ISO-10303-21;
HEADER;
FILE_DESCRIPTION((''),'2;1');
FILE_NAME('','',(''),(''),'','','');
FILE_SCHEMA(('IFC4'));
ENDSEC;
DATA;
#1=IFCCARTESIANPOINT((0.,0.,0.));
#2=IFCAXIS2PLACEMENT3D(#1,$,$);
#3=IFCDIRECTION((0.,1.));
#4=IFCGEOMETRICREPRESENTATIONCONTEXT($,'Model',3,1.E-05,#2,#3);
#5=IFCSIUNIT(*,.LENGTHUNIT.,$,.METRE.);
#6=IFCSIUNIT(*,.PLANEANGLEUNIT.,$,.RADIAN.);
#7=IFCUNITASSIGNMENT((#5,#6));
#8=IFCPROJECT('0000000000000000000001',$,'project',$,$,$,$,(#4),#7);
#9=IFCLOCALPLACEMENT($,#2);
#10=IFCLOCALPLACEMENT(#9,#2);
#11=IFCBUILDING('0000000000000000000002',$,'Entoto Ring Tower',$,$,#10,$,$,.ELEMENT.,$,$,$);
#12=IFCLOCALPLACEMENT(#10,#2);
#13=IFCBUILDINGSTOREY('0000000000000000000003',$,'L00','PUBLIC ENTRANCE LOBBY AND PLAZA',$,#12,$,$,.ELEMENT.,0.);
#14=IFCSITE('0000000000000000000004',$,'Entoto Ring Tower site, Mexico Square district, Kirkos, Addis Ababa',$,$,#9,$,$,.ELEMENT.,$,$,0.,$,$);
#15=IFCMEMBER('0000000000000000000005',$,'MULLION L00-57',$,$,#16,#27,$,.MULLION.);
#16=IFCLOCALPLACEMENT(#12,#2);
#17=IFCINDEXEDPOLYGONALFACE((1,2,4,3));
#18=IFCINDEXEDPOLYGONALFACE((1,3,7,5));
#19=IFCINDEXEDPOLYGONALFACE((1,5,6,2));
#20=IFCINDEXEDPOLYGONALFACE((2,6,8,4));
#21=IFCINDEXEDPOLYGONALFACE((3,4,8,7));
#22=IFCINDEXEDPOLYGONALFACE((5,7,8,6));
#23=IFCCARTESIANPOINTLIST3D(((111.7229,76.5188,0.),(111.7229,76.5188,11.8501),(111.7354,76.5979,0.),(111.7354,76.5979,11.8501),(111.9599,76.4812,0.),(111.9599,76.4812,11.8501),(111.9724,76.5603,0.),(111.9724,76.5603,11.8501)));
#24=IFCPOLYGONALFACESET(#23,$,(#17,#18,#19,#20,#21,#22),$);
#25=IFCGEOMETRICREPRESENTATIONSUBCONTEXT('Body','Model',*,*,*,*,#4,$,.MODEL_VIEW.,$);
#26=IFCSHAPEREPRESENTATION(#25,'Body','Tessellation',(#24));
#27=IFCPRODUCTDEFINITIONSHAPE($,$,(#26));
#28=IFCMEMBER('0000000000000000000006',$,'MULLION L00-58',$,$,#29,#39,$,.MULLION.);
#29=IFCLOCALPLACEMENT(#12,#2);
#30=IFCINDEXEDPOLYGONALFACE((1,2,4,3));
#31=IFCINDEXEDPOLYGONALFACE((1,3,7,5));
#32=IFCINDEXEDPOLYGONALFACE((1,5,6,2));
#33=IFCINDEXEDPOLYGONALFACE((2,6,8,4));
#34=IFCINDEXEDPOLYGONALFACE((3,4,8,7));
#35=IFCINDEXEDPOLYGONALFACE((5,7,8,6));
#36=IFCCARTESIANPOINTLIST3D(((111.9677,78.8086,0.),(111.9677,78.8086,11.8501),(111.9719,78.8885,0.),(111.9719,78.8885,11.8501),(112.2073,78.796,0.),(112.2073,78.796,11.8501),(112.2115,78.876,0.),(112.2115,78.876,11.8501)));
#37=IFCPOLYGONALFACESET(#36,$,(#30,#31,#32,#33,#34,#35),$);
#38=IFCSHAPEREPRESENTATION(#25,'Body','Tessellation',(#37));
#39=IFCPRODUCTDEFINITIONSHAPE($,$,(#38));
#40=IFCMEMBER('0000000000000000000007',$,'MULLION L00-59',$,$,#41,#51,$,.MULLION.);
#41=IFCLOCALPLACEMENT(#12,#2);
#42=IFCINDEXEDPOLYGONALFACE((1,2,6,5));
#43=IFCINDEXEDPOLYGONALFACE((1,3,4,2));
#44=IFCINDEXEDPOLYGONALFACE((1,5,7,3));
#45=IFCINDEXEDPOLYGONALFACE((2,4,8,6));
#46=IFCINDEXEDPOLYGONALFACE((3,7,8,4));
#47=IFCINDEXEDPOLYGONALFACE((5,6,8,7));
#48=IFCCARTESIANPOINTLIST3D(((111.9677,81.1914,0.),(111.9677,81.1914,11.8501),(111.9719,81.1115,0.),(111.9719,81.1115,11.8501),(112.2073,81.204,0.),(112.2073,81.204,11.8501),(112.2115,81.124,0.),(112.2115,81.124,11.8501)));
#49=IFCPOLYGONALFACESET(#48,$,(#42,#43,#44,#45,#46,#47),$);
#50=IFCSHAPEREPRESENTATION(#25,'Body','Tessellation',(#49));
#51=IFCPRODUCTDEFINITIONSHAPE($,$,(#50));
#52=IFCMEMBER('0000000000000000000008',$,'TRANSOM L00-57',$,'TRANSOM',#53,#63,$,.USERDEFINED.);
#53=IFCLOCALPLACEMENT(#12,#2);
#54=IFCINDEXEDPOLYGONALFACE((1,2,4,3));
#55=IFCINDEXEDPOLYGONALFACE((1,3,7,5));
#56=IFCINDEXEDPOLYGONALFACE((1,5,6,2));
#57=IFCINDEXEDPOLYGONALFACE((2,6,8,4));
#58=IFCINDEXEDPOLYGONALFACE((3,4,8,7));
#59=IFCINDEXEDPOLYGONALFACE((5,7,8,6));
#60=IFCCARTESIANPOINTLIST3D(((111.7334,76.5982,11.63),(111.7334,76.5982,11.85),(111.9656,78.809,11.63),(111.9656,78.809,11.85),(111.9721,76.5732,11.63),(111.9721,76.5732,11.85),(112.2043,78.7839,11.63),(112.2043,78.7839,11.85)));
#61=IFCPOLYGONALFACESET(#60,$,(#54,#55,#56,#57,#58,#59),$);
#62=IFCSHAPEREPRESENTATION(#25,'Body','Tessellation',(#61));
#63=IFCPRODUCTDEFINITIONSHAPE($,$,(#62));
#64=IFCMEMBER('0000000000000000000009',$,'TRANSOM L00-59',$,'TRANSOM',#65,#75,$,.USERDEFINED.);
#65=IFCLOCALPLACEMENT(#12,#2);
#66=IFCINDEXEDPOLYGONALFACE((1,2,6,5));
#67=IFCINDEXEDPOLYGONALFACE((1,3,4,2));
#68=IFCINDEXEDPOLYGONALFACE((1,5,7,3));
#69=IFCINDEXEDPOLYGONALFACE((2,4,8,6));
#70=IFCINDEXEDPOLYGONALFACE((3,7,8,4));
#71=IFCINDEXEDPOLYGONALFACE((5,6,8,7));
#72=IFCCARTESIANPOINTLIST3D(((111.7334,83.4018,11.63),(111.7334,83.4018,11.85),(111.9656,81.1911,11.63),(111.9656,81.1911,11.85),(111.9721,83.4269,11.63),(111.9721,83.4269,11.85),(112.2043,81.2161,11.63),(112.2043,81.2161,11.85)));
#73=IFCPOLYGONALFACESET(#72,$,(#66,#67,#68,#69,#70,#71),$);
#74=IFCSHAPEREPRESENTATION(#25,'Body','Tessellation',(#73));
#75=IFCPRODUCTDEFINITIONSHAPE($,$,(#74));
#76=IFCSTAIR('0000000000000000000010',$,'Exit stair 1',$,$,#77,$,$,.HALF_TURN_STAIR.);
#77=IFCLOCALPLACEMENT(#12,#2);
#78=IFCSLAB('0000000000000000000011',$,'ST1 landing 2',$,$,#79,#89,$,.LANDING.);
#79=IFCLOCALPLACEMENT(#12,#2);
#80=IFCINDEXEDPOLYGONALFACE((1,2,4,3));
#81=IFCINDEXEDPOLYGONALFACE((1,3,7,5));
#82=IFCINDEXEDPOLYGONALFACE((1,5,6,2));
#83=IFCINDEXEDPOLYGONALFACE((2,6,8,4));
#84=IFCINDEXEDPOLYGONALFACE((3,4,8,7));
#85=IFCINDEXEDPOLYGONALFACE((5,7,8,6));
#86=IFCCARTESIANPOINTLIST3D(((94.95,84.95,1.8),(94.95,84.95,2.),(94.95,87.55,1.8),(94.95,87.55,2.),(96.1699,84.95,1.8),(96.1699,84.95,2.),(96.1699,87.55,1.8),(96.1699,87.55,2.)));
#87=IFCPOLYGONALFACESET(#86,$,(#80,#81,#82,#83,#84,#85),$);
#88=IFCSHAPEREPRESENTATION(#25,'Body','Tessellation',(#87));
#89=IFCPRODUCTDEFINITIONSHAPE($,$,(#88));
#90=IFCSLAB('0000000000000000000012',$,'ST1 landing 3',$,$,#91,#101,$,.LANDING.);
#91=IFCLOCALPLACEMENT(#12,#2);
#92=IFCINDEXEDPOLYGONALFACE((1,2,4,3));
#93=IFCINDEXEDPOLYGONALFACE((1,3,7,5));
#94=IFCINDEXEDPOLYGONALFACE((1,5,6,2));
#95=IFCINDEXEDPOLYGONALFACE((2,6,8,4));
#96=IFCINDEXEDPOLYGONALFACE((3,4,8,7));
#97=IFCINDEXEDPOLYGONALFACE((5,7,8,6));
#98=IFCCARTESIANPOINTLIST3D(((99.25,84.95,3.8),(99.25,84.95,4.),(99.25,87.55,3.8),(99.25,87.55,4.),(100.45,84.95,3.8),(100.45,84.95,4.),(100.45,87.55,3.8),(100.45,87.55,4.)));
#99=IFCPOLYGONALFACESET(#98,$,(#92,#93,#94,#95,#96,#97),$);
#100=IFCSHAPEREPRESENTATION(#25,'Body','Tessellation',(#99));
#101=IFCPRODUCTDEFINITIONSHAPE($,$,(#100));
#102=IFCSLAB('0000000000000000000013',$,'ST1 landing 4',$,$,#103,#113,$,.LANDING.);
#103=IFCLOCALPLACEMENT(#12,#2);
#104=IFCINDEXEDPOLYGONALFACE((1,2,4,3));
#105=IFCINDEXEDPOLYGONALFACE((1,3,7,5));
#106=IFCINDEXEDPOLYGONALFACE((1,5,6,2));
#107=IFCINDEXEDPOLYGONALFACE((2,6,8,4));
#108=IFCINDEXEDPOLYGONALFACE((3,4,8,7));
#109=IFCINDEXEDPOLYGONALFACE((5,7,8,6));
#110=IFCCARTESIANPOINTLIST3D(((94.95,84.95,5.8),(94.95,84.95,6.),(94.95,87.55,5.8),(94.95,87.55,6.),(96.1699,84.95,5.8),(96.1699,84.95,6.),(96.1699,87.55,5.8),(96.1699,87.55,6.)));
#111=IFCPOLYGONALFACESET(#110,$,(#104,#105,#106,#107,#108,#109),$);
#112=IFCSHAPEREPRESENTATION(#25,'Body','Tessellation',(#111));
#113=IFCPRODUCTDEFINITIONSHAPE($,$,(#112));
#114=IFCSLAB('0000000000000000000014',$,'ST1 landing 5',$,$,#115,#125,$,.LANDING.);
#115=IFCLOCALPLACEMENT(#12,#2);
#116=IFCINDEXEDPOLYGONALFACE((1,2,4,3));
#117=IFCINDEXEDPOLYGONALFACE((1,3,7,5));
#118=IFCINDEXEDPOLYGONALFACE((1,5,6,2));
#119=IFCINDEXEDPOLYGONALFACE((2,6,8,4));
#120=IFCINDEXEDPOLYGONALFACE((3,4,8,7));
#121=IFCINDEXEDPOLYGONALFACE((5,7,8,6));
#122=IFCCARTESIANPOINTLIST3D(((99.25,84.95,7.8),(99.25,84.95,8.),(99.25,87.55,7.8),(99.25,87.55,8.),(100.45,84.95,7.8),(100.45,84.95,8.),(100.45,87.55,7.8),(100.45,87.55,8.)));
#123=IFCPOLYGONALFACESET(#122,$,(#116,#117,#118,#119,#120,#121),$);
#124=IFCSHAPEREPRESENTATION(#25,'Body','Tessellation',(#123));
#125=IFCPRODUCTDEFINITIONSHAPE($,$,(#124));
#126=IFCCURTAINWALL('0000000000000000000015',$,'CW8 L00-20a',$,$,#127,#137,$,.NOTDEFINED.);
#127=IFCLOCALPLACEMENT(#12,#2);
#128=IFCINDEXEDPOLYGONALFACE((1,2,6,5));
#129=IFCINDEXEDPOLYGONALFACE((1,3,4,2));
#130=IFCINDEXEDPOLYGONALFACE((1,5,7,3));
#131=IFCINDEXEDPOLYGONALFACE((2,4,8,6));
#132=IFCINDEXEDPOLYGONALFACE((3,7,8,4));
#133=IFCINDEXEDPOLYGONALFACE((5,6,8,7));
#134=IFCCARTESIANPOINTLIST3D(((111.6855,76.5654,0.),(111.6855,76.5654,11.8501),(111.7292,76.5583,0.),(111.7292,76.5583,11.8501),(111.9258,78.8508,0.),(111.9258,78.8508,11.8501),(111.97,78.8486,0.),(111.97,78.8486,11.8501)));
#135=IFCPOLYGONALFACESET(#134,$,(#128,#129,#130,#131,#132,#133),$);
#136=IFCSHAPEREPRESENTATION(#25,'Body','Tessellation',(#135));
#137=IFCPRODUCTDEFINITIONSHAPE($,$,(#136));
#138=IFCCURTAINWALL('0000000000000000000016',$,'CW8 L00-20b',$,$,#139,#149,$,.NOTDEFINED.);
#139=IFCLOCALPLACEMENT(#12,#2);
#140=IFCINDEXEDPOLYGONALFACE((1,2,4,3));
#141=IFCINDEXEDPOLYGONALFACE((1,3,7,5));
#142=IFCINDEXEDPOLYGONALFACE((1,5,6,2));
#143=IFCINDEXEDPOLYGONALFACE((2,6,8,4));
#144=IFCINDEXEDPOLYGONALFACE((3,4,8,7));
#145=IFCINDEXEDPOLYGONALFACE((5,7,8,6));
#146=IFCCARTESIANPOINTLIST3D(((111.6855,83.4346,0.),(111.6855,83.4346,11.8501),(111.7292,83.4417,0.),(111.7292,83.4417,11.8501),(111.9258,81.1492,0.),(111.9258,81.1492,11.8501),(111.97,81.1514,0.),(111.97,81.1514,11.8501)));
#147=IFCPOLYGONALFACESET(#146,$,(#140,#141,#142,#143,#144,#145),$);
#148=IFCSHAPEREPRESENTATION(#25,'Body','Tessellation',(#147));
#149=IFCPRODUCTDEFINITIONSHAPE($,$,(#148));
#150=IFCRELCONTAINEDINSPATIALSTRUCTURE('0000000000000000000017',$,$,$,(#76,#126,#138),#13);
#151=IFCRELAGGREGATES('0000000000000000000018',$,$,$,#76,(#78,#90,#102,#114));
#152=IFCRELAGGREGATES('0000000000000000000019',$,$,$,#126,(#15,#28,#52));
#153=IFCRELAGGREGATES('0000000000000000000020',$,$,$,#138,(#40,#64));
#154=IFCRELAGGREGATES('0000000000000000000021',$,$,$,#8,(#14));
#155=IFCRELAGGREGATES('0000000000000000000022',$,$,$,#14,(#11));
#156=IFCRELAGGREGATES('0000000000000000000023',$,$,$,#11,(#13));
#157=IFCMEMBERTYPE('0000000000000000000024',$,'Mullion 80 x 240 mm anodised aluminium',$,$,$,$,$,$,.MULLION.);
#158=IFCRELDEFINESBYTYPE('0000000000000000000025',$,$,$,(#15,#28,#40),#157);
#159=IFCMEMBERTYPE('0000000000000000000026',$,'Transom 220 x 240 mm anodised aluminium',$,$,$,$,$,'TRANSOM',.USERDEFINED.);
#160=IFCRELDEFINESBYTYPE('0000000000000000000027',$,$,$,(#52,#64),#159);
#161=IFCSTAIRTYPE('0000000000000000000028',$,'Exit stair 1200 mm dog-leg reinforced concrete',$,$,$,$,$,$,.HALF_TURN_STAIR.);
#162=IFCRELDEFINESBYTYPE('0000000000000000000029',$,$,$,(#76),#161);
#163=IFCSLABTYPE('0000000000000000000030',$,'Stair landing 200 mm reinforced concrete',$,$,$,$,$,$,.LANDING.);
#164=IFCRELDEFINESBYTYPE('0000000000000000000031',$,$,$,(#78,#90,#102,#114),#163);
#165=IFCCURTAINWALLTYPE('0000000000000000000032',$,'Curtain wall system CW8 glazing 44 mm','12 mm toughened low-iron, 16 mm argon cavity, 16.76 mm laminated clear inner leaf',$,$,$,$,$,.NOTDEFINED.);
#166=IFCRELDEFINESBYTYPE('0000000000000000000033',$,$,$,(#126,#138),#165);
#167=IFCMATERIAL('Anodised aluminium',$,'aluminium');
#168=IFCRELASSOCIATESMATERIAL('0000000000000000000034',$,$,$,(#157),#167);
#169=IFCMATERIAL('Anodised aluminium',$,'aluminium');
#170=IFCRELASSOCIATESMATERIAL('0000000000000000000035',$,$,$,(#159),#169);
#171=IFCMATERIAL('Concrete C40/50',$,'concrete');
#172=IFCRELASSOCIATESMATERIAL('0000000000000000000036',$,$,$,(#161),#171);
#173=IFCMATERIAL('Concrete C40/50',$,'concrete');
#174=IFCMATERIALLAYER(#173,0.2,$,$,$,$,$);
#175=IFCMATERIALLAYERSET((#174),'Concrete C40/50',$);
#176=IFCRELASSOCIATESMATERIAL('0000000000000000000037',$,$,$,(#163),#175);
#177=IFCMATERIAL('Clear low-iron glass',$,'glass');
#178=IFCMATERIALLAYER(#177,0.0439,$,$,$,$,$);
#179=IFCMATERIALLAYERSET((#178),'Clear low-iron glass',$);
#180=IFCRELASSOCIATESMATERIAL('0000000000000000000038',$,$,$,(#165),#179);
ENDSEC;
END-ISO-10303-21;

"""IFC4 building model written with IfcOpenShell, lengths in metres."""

from ifc_helpers import new_model, si_unit, direction, frame, origin, origin_2d, place, context, subcontext, project, spatial, polyline, rectangle, outline, extrude, material, layer, layer_set, material_profile, profile_set, type_object, element, aggregate, save


model = new_model("IFC4")

# Units and contexts
model_context = context("Model", 3, precision=1e-05, world=origin(), true_north=direction((0.0, 1.0)))
body_context = subcontext(model_context, "Body", "Model", "MODEL_VIEW")
ifc_project = project(units=[si_unit("LENGTHUNIT", "METRE"), si_unit("PLANEANGLEUNIT", "RADIAN")], contexts=[model_context])

# Members
ifc_material_1 = material(Name="Anodised aluminium", Category="aluminium")
ifc_material_profile_1 = material_profile(ifc_material_1, rectangle(XDim=0.0801, YDim=0.24, at=origin_2d()), Name="Mullion 80 x 240 mm anodised aluminium")
ifc_profile_set_1 = profile_set([ifc_material_profile_1], Name="Anodised aluminium")
member_type_1 = type_object("IfcMemberType", Name="Mullion 80 x 240 mm anodised aluminium", PredefinedType="MULLION", material=ifc_profile_set_1)
site_placement = place(None, origin())
building_placement = place(site_placement, origin())
storey_placement = place(building_placement, origin())
member_1_placement = place(storey_placement, frame((111.8477, 76.5396, 0.0), z_axis=(0.0, 0.0, 1.0), x_axis=(0.156434, 0.987688, 0.0)))
member_1 = element("IfcMember", 1, at=member_1_placement, type_object=member_type_1, Name="MULLION L00-57", PredefinedType="MULLION", context=body_context, shape_type="SweptSolid", body=[
    extrude(rectangle(XDim=0.0801, YDim=0.24, at=origin_2d()), origin(), (0.0, 0.0, 1.0), 11.8501),
])
member_2_placement = place(storey_placement, frame((112.0896, 78.8423, 0.0), z_axis=(0.0, 0.0, 1.0), x_axis=(0.052336, 0.99863, 0.0)))
member_2 = element("IfcMember", 2, at=member_2_placement, type_object=member_type_1, Name="MULLION L00-58", PredefinedType="MULLION", context=body_context, shape_type="SweptSolid", body=[
    extrude(rectangle(XDim=0.0801, YDim=0.24, at=origin_2d()), origin(), (0.0, 0.0, 1.0), 11.8501),
])
member_3_placement = place(storey_placement, frame((112.0896, 81.1577, 0.0), z_axis=(0.0, 0.0, 1.0), x_axis=(-0.052336, 0.99863, 0.0)))
member_3 = element("IfcMember", 3, at=member_3_placement, type_object=member_type_1, Name="MULLION L00-59", PredefinedType="MULLION", context=body_context, shape_type="SweptSolid", body=[
    extrude(rectangle(XDim=0.0801, YDim=0.24, at=origin_2d()), origin(), (0.0, 0.0, 1.0), 11.8501),
])
ifc_material_2 = material(Name="Anodised aluminium", Category="aluminium")
ifc_material_profile_2 = material_profile(ifc_material_2, rectangle(XDim=0.24, YDim=0.22, at=origin_2d()), Name="Transom 220 x 240 mm anodised aluminium")
ifc_profile_set_2 = profile_set([ifc_material_profile_2], Name="Anodised aluminium")
member_type_2 = type_object("IfcMemberType", Name="Transom 220 x 240 mm anodised aluminium", ElementType="TRANSOM", PredefinedType="USERDEFINED", material=ifc_profile_set_2)
member_4_placement = place(storey_placement, frame((111.8528, 76.5857, 11.74), z_axis=(0.10445, 0.99453, 0.0), x_axis=(-0.99453, 0.10445, 0.0)))
member_4 = element("IfcMember", 4, at=member_4_placement, type_object=member_type_2, Name="TRANSOM L00-57", ObjectType="TRANSOM", PredefinedType="USERDEFINED", context=body_context, shape_type="SweptSolid", body=[
    extrude(rectangle(XDim=0.24, YDim=0.22, at=origin_2d()), origin(), (0.0, 0.0, 1.0), 2.2229),
])
member_5_placement = place(storey_placement, frame((112.085, 81.2036, 11.74), z_axis=(-0.10445, 0.99453, 0.0), x_axis=(-0.99453, -0.10445, 0.0)))
member_5 = element("IfcMember", 5, at=member_5_placement, type_object=member_type_2, Name="TRANSOM L00-59", ObjectType="TRANSOM", PredefinedType="USERDEFINED", context=body_context, shape_type="SweptSolid", body=[
    extrude(rectangle(XDim=0.24, YDim=0.22, at=origin_2d()), origin(), (0.0, 0.0, 1.0), 2.2229),
])

# Site, building, storey
site = spatial("IfcSite", under=ifc_project, at=site_placement, Name="Entoto Ring Tower site, Mexico Square district, Kirkos, Addis Ababa", CompositionType="ELEMENT", RefElevation=0.0)
building = spatial("IfcBuilding", under=site, at=building_placement, Name="Entoto Ring Tower", CompositionType="ELEMENT")
storey = spatial("IfcBuildingStorey", under=building, at=storey_placement, Name="L00", Description="PUBLIC ENTRANCE LOBBY AND PLAZA", CompositionType="ELEMENT", Elevation=0.0)

# Stair, slabs
ifc_material_3 = material(Name="Concrete C40/50", Category="concrete")
stair_type = type_object("IfcStairType", Name="Exit stair 1200 mm dog-leg reinforced concrete", PredefinedType="HALF_TURN_STAIR", material=ifc_material_3)
stair_placement = place(storey_placement, origin())
stair = element("IfcStair", 6, at=stair_placement, inside=storey, type_object=stair_type, Name="Exit stair 1", PredefinedType="HALF_TURN_STAIR")
ifc_material_4 = material(Name="Concrete C40/50", Category="concrete")
ifc_layer_1 = layer(ifc_material_4, 0.2)
ifc_layer_set_1 = layer_set([ifc_layer_1], Name="Concrete C40/50")
slab_type = type_object("IfcSlabType", Name="Stair landing 200 mm reinforced concrete", PredefinedType="LANDING", material=ifc_layer_set_1)
slab_1_placement = place(storey_placement, frame((0.0, 0.0, 1.8)))
slab_1 = element("IfcSlab", 7, at=slab_1_placement, type_object=slab_type, Name="ST1 landing 2", PredefinedType="LANDING", context=body_context, shape_type="SweptSolid", body=[
    extrude(outline(polyline([(94.95, 84.95), (96.1699, 84.95), (96.1699, 87.55), (94.95, 87.55), (94.95, 84.95)])), origin(), (0.0, 0.0, 1.0), 0.2),
])
slab_2_placement = place(storey_placement, frame((0.0, 0.0, 3.8)))
slab_2 = element("IfcSlab", 8, at=slab_2_placement, type_object=slab_type, Name="ST1 landing 3", PredefinedType="LANDING", context=body_context, shape_type="SweptSolid", body=[
    extrude(outline(polyline([(99.25, 84.95), (100.45, 84.95), (100.45, 87.55), (99.25, 87.55), (99.25, 84.95)])), origin(), (0.0, 0.0, 1.0), 0.2),
])
slab_3_placement = place(storey_placement, frame((0.0, 0.0, 5.8)))
slab_3 = element("IfcSlab", 9, at=slab_3_placement, type_object=slab_type, Name="ST1 landing 4", PredefinedType="LANDING", context=body_context, shape_type="SweptSolid", body=[
    extrude(outline(polyline([(94.95, 84.95), (96.1699, 84.95), (96.1699, 87.55), (94.95, 87.55), (94.95, 84.95)])), origin(), (0.0, 0.0, 1.0), 0.2),
])
slab_4_placement = place(storey_placement, frame((0.0, 0.0, 7.8)))
slab_4 = element("IfcSlab", 10, at=slab_4_placement, type_object=slab_type, Name="ST1 landing 5", PredefinedType="LANDING", context=body_context, shape_type="SweptSolid", body=[
    extrude(outline(polyline([(99.25, 84.95), (100.45, 84.95), (100.45, 87.55), (99.25, 87.55), (99.25, 84.95)])), origin(), (0.0, 0.0, 1.0), 0.2),
])
aggregate(stair, [slab_1, slab_2, slab_3, slab_4])

# Curtain walls
ifc_material_5 = material(Name="Clear low-iron glass", Category="glass")
ifc_layer_2 = layer(ifc_material_5, 0.0439)
ifc_layer_set_2 = layer_set([ifc_layer_2], Name="Clear low-iron glass")
curtain_wall_type = type_object("IfcCurtainWallType", Name="Curtain wall system CW8 glazing 44 mm", Description="12 mm toughened low-iron, 16 mm argon cavity, 16.76 mm laminated clear inner leaf", PredefinedType="NOTDEFINED", material=ifc_layer_set_2)
curtain_wall_1_placement = place(storey_placement, origin())
curtain_wall_1 = element("IfcCurtainWall", 11, at=curtain_wall_1_placement, inside=storey, type_object=curtain_wall_type, Name="CW8 L00-20a", PredefinedType="NOTDEFINED", context=body_context, shape_type="SweptSolid", body=[
    extrude(outline(polyline([(111.7292, 76.5583), (111.97, 78.8486), (111.9258, 78.8508), (111.6855, 76.5654), (111.7292, 76.5583)])), origin(), (0.0, 0.0, 1.0), 11.8501),
])
aggregate(curtain_wall_1, [member_1, member_2, member_4])
curtain_wall_2_placement = place(storey_placement, origin())
curtain_wall_2 = element("IfcCurtainWall", 12, at=curtain_wall_2_placement, inside=storey, type_object=curtain_wall_type, Name="CW8 L00-20b", PredefinedType="NOTDEFINED", context=body_context, shape_type="SweptSolid", body=[
    extrude(outline(polyline([(111.97, 81.1514), (111.7292, 83.4417), (111.6855, 83.4346), (111.9258, 81.1492), (111.97, 81.1514)])), origin(), (0.0, 0.0, 1.0), 11.8501),
])
aggregate(curtain_wall_2, [member_3, member_5])

save(model, "model.ifc")
